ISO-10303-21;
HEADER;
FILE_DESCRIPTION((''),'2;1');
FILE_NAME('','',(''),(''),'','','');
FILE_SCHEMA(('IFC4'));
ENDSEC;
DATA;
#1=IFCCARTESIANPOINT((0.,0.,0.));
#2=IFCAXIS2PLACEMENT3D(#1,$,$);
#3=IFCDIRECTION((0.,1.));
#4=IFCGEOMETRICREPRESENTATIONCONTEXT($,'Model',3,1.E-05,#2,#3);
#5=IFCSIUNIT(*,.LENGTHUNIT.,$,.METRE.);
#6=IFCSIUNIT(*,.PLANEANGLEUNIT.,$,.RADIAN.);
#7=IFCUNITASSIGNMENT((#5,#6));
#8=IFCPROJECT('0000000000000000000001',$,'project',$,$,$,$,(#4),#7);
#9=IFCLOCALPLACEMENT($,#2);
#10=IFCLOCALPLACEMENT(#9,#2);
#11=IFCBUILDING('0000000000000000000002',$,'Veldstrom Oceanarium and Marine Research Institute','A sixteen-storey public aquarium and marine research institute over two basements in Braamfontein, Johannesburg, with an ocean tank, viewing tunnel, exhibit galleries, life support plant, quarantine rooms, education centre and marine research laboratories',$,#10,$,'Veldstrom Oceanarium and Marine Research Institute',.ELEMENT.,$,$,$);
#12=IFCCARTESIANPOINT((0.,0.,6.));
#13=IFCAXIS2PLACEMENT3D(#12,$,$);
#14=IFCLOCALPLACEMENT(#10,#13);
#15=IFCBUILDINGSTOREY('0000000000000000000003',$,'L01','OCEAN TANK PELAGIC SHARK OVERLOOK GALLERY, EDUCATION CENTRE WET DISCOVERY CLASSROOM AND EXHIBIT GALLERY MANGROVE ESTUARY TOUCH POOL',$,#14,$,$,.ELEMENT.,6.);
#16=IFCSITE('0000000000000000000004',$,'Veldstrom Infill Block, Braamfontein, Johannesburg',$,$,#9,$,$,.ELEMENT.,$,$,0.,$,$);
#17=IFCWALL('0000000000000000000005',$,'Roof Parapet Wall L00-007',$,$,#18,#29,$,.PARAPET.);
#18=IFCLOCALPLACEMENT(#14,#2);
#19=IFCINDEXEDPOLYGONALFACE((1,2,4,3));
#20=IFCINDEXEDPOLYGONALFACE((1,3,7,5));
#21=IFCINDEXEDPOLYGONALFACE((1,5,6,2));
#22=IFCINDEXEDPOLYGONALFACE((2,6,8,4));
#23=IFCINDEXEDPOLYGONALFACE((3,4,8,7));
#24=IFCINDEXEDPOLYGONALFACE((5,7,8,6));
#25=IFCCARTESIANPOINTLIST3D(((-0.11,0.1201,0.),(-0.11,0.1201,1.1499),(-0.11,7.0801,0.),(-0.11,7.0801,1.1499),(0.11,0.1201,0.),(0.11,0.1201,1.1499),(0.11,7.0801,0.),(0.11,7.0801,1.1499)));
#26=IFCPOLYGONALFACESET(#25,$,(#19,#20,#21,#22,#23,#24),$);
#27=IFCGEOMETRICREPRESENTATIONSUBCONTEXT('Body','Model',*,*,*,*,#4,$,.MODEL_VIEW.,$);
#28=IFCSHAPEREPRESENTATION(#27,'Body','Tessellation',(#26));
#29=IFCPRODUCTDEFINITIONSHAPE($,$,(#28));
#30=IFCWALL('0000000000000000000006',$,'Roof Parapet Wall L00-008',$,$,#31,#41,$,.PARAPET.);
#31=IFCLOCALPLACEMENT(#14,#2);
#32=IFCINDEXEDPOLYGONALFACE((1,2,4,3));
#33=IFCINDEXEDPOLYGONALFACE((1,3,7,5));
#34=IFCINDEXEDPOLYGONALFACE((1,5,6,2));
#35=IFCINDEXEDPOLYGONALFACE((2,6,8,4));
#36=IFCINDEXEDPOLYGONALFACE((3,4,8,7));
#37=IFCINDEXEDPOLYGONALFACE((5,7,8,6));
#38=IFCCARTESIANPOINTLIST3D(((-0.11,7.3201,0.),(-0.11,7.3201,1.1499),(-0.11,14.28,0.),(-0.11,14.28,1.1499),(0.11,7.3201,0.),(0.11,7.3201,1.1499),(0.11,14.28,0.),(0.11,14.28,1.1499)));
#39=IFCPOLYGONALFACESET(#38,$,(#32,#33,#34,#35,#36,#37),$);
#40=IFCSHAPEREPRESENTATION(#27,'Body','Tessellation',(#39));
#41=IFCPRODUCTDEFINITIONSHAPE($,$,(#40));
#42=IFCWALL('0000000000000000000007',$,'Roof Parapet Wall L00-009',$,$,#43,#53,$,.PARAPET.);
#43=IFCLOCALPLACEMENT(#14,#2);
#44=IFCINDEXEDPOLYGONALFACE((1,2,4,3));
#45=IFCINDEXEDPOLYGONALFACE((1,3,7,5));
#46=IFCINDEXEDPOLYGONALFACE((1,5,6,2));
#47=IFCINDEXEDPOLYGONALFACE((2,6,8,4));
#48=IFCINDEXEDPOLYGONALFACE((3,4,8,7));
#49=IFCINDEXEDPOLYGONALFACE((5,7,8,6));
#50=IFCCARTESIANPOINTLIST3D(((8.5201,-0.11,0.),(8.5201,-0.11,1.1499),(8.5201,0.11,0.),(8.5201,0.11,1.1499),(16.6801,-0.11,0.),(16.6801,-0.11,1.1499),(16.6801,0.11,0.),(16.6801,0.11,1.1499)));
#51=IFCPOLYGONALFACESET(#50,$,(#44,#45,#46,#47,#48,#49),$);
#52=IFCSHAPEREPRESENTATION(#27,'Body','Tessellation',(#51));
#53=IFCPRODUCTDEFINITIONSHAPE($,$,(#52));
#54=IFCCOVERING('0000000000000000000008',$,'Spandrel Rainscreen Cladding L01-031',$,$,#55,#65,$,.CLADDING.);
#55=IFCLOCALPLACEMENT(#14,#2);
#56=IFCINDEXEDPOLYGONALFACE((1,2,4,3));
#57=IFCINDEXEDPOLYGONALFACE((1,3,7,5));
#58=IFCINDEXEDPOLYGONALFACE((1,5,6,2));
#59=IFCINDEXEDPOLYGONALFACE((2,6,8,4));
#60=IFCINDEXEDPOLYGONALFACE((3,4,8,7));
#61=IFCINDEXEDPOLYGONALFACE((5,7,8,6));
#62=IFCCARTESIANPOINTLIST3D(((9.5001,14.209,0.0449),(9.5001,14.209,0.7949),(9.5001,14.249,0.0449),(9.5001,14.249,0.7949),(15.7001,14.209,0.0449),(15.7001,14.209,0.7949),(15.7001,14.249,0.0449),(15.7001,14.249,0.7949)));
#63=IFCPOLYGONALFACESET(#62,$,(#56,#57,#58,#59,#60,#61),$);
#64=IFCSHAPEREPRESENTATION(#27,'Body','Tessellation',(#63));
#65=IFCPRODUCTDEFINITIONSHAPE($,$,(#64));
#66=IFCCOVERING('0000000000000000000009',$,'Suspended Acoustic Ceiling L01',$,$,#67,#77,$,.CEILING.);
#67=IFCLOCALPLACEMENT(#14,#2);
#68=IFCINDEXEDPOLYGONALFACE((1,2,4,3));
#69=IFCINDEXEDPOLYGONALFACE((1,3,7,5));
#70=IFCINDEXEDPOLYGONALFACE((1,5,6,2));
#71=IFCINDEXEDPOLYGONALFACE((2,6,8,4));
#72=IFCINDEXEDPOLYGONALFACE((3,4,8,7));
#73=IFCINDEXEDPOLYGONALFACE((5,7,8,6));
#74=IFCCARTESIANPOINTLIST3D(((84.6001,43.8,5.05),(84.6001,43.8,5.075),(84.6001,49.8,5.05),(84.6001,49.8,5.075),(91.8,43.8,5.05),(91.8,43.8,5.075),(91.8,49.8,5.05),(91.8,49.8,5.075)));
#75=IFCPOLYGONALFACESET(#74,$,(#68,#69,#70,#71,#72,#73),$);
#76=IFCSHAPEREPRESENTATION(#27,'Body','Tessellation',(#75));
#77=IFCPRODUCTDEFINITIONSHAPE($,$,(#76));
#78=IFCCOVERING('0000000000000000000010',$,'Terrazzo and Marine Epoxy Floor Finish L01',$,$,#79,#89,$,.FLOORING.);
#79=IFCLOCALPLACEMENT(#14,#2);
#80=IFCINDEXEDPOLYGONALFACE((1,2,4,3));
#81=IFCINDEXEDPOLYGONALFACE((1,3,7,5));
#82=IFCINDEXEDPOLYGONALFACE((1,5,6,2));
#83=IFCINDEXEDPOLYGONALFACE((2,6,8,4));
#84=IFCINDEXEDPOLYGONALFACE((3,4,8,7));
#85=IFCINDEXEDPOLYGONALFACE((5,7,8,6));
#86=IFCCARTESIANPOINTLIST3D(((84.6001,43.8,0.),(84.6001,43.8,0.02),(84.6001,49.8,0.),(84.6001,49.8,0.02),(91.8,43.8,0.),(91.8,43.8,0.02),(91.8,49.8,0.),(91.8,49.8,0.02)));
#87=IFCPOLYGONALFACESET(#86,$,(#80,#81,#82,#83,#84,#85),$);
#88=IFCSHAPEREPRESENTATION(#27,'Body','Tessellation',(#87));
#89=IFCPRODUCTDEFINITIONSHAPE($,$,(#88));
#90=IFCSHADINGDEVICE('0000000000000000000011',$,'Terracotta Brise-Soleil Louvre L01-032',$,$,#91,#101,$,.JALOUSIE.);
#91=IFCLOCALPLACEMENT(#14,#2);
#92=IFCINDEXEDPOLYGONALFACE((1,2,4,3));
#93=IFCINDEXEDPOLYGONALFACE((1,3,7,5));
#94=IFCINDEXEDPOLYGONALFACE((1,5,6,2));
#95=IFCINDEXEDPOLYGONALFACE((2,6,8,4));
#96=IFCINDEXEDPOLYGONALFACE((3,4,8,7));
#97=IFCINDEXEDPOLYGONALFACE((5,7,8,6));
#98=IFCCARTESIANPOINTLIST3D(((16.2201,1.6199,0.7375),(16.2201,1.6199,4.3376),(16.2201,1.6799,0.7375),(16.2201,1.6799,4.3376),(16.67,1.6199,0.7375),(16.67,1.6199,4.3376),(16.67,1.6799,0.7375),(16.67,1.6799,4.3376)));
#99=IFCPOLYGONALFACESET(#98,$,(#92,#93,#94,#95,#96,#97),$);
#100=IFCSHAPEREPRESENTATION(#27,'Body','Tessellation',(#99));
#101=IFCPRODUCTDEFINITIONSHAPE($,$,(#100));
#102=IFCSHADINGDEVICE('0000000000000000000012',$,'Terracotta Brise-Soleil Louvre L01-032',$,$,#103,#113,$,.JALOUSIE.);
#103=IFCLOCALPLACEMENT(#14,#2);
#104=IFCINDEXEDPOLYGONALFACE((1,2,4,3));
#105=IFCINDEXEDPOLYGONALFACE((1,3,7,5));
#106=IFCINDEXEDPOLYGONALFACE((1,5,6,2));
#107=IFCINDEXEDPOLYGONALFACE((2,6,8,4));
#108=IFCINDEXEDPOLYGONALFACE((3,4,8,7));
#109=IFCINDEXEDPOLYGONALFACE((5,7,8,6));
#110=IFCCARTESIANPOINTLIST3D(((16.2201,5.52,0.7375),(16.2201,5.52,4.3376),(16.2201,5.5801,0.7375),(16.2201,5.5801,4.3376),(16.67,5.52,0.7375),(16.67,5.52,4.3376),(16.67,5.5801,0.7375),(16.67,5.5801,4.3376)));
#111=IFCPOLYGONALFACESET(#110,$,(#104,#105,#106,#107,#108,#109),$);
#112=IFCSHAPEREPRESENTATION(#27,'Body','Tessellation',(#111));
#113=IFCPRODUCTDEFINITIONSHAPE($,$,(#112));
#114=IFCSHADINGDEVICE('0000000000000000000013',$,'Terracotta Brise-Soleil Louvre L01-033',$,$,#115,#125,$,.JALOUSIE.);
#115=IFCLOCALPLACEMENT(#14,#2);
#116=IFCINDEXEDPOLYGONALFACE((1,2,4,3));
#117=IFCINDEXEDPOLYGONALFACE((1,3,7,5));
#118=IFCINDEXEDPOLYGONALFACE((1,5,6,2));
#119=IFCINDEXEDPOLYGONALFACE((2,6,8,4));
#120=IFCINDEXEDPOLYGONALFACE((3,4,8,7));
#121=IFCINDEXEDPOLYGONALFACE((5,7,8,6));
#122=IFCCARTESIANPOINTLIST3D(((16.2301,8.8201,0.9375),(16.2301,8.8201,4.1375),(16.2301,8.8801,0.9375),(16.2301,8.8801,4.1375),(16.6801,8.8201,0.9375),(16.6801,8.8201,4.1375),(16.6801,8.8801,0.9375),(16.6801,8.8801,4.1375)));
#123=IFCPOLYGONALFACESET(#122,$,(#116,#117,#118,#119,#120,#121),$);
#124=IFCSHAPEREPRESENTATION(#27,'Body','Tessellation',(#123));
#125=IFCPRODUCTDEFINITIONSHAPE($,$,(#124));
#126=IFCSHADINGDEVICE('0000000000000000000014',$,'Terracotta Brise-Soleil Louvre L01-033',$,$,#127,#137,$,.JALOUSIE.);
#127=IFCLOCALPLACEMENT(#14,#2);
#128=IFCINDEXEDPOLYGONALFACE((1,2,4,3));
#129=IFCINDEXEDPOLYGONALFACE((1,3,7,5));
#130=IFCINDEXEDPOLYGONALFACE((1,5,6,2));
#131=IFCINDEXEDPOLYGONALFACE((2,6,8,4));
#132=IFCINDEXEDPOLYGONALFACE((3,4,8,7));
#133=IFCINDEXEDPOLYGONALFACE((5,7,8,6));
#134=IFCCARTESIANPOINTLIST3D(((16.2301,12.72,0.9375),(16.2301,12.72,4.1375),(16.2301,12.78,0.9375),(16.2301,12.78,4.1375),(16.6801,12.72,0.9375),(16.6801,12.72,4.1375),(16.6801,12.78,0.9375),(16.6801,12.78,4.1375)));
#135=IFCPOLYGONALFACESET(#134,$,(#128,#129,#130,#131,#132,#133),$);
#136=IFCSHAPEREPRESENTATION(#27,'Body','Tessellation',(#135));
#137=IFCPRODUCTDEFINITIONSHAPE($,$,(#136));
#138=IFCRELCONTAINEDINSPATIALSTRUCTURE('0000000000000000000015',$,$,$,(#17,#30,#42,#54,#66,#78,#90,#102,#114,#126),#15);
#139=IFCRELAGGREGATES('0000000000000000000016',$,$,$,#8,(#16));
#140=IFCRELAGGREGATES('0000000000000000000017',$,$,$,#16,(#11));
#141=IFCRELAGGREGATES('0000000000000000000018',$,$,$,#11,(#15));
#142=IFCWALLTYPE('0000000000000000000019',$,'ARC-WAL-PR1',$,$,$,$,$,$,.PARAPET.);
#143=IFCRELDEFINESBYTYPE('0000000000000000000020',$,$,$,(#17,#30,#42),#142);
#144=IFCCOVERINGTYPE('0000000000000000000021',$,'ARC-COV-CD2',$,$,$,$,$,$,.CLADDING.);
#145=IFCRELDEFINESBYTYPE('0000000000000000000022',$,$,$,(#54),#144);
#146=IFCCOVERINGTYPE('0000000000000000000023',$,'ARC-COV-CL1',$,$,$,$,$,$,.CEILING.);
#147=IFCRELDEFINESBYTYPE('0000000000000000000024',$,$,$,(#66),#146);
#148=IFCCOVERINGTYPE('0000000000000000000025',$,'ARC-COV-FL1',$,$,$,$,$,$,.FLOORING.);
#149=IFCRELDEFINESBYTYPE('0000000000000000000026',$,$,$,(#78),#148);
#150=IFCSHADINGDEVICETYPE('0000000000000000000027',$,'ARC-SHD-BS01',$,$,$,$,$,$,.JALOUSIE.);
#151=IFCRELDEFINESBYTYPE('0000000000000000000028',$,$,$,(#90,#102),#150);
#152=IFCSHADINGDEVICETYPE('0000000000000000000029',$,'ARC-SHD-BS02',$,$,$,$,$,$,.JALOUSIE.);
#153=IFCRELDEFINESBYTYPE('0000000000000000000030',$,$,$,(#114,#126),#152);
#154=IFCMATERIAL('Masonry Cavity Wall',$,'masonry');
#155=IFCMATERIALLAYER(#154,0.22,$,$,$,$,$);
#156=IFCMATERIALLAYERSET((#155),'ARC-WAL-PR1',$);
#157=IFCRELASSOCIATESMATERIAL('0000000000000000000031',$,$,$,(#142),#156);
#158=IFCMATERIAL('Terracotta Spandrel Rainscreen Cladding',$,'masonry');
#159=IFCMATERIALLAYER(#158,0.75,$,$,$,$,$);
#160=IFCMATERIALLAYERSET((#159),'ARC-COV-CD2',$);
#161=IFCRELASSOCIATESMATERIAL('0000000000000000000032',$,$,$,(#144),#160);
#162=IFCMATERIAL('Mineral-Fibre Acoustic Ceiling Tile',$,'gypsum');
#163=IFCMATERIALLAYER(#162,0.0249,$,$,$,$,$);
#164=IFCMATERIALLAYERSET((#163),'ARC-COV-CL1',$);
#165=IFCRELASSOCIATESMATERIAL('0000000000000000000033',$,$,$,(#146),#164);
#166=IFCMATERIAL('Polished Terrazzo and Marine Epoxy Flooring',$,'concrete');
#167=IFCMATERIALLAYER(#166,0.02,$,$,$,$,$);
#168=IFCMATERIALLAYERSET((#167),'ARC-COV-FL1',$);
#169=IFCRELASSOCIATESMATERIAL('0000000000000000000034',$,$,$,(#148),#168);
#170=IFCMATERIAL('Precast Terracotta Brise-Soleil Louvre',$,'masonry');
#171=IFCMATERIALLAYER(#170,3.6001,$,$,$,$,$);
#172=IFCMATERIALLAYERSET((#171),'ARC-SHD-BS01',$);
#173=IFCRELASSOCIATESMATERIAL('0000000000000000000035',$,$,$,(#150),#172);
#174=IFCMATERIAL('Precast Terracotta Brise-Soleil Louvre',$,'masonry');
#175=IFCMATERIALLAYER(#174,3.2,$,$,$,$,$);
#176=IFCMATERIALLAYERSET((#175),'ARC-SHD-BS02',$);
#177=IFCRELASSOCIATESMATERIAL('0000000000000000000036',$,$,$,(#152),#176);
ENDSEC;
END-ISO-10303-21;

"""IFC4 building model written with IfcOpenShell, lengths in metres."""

from ifc_helpers import new_model, si_unit, direction, frame, frame_2d, origin, origin_2d, place, context, subcontext, project, spatial, polyline, rectangle, outline, extrude, material, layer, layer_set, type_object, element, save


model = new_model("IFC4")

# Units and contexts
model_context = context("Model", 3, precision=1e-05, world=origin(), true_north=direction((0.0, 1.0)))
body_context = subcontext(model_context, "Body", "Model", "MODEL_VIEW")
ifc_project = project(units=[si_unit("LENGTHUNIT", "METRE"), si_unit("PLANEANGLEUNIT", "RADIAN")], contexts=[model_context])

# Site, building, storey
site_placement = place(None, origin())
site = spatial("IfcSite", under=ifc_project, at=site_placement, Name="Veldstrom Infill Block, Braamfontein, Johannesburg", CompositionType="ELEMENT", RefElevation=0.0)
building_placement = place(site_placement, origin())
building = spatial("IfcBuilding", under=site, at=building_placement, Name="Veldstrom Oceanarium and Marine Research Institute", Description="A sixteen-storey public aquarium and marine research institute over two basements in Braamfontein, Johannesburg, with an ocean tank, viewing tunnel, exhibit galleries, life support plant, quarantine rooms, education centre and marine research laboratories", LongName="Veldstrom Oceanarium and Marine Research Institute", CompositionType="ELEMENT")
storey_placement = place(building_placement, frame((0.0, 0.0, 6.0)))
storey = spatial("IfcBuildingStorey", under=building, at=storey_placement, Name="L01", Description="OCEAN TANK PELAGIC SHARK OVERLOOK GALLERY, EDUCATION CENTRE WET DISCOVERY CLASSROOM AND EXHIBIT GALLERY MANGROVE ESTUARY TOUCH POOL", CompositionType="ELEMENT", Elevation=6.0)

# Walls
ifc_material_1 = material(Name="Masonry Cavity Wall", Category="masonry")
ifc_layer_1 = layer(ifc_material_1, 0.22)
ifc_layer_set_1 = layer_set([ifc_layer_1], Name="ARC-WAL-PR1")
wall_type = type_object("IfcWallType", Name="ARC-WAL-PR1", PredefinedType="PARAPET", material=ifc_layer_set_1)
for number, where, z_axis, x_axis, name in (
    (1, (0.0, 0.1201, 0.0), (0.0, 0.0, 1.0), (0.0, 1.0, 0.0), "Roof Parapet Wall L00-007"),
    (2, (0.0, 7.3201, 0.0), (0.0, 0.0, 1.0), (0.0, 1.0, 0.0), "Roof Parapet Wall L00-008"),
):
    element("IfcWall", number, at=place(storey_placement, frame(where, z_axis=z_axis, x_axis=x_axis)), inside=storey, type_object=wall_type, Name=name, PredefinedType="PARAPET", context=body_context, shape_type="SweptSolid", body=[
        extrude(rectangle(XDim=6.96, YDim=0.22, at=frame_2d((3.48, 0.0))), origin(), (0.0, 0.0, 1.0), 1.1499),
    ])
wall_1_placement = place(storey_placement, frame((8.52, 0.0, 0.0), z_axis=(0.0, 0.0, 1.0), x_axis=(1.0, 0.0, 0.0)))
element("IfcWall", 3, at=wall_1_placement, inside=storey, type_object=wall_type, Name="Roof Parapet Wall L00-009", PredefinedType="PARAPET", context=body_context, shape_type="SweptSolid", body=[
    extrude(rectangle(XDim=8.1599, YDim=0.22, at=frame_2d((4.0801, 0.0))), origin(), (0.0, 0.0, 1.0), 1.1499),
])

# Coverings
ifc_material_2 = material(Name="Terracotta Spandrel Rainscreen Cladding", Category="masonry")
ifc_layer_2 = layer(ifc_material_2, 0.75)
ifc_layer_set_2 = layer_set([ifc_layer_2], Name="ARC-COV-CD2")
covering_type_1 = type_object("IfcCoveringType", Name="ARC-COV-CD2", PredefinedType="CLADDING", material=ifc_layer_set_2)
covering_1_placement = place(storey_placement, frame((12.6001, 14.229, 0.0449), z_axis=(0.0, 0.0, 1.0), x_axis=(1.0, 0.0, 0.0)))
element("IfcCovering", 4, at=covering_1_placement, inside=storey, type_object=covering_type_1, Name="Spandrel Rainscreen Cladding L01-031", PredefinedType="CLADDING", context=body_context, shape_type="SweptSolid", body=[
    extrude(rectangle(XDim=6.2, YDim=0.04, at=origin_2d()), origin(), (0.0, 0.0, 1.0), 0.75),
])
ifc_material_3 = material(Name="Mineral-Fibre Acoustic Ceiling Tile", Category="gypsum")
ifc_layer_3 = layer(ifc_material_3, 0.0249)
ifc_layer_set_3 = layer_set([ifc_layer_3], Name="ARC-COV-CL1")
covering_type_2 = type_object("IfcCoveringType", Name="ARC-COV-CL1", PredefinedType="CEILING", material=ifc_layer_set_3)
covering_2_placement = place(storey_placement, frame((0.0, 0.0, 5.05)))
element("IfcCovering", 5, at=covering_2_placement, inside=storey, type_object=covering_type_2, Name="Suspended Acoustic Ceiling L01", PredefinedType="CEILING", context=body_context, shape_type="SweptSolid", body=[
    extrude(outline(polyline([(84.6001, 43.8), (91.8, 43.8), (91.8, 49.8), (84.6001, 49.8), (84.6001, 43.8)])), origin(), (0.0, 0.0, 1.0), 0.0249),
])
ifc_material_4 = material(Name="Polished Terrazzo and Marine Epoxy Flooring", Category="concrete")
ifc_layer_4 = layer(ifc_material_4, 0.02)
ifc_layer_set_4 = layer_set([ifc_layer_4], Name="ARC-COV-FL1")
covering_type_3 = type_object("IfcCoveringType", Name="ARC-COV-FL1", PredefinedType="FLOORING", material=ifc_layer_set_4)
covering_3_placement = place(storey_placement, origin())
element("IfcCovering", 6, at=covering_3_placement, inside=storey, type_object=covering_type_3, Name="Terrazzo and Marine Epoxy Floor Finish L01", PredefinedType="FLOORING", context=body_context, shape_type="SweptSolid", body=[
    extrude(outline(polyline([(84.6001, 43.8), (91.8, 43.8), (91.8, 49.8), (84.6001, 49.8), (84.6001, 43.8)])), origin(), (0.0, 0.0, 1.0), 0.02),
])

# Shading devices
ifc_material_5 = material(Name="Precast Terracotta Brise-Soleil Louvre", Category="masonry")
ifc_layer_5 = layer(ifc_material_5, 3.6001)
ifc_layer_set_5 = layer_set([ifc_layer_5], Name="ARC-SHD-BS01")
shading_device_type_1 = type_object("IfcShadingDeviceType", Name="ARC-SHD-BS01", PredefinedType="JALOUSIE", material=ifc_layer_set_5)
for number, where, z_axis, x_axis, name in (
    (7, (16.4451, 1.6499, 0.7375), (0.0, 0.0, 1.0), (1.0, 0.0, 0.0), "Terracotta Brise-Soleil Louvre L01-032"),
    (8, (16.4451, 5.55, 0.7375), (0.0, 0.0, 1.0), (1.0, 0.0, 0.0), "Terracotta Brise-Soleil Louvre L01-032"),
):
    element("IfcShadingDevice", number, at=place(storey_placement, frame(where, z_axis=z_axis, x_axis=x_axis)), inside=storey, type_object=shading_device_type_1, Name=name, PredefinedType="JALOUSIE", context=body_context, shape_type="SweptSolid", body=[
        extrude(rectangle(XDim=0.45, YDim=0.0601, at=origin_2d()), origin(), (0.0, 0.0, 1.0), 3.6001),
    ])
ifc_material_6 = material(Name="Precast Terracotta Brise-Soleil Louvre", Category="masonry")
ifc_layer_6 = layer(ifc_material_6, 3.2)
ifc_layer_set_6 = layer_set([ifc_layer_6], Name="ARC-SHD-BS02")
shading_device_type_2 = type_object("IfcShadingDeviceType", Name="ARC-SHD-BS02", PredefinedType="JALOUSIE", material=ifc_layer_set_6)
for number, where, z_axis, x_axis, name in (
    (9, (16.4551, 8.8501, 0.9375), (0.0, 0.0, 1.0), (1.0, 0.0, 0.0), "Terracotta Brise-Soleil Louvre L01-033"),
    (10, (16.4551, 12.75, 0.9375), (0.0, 0.0, 1.0), (1.0, 0.0, 0.0), "Terracotta Brise-Soleil Louvre L01-033"),
):
    element("IfcShadingDevice", number, at=place(storey_placement, frame(where, z_axis=z_axis, x_axis=x_axis)), inside=storey, type_object=shading_device_type_2, Name=name, PredefinedType="JALOUSIE", context=body_context, shape_type="SweptSolid", body=[
        extrude(rectangle(XDim=0.45, YDim=0.0601, at=origin_2d()), origin(), (0.0, 0.0, 1.0), 3.2),
    ])

save(model, "model.ifc")
